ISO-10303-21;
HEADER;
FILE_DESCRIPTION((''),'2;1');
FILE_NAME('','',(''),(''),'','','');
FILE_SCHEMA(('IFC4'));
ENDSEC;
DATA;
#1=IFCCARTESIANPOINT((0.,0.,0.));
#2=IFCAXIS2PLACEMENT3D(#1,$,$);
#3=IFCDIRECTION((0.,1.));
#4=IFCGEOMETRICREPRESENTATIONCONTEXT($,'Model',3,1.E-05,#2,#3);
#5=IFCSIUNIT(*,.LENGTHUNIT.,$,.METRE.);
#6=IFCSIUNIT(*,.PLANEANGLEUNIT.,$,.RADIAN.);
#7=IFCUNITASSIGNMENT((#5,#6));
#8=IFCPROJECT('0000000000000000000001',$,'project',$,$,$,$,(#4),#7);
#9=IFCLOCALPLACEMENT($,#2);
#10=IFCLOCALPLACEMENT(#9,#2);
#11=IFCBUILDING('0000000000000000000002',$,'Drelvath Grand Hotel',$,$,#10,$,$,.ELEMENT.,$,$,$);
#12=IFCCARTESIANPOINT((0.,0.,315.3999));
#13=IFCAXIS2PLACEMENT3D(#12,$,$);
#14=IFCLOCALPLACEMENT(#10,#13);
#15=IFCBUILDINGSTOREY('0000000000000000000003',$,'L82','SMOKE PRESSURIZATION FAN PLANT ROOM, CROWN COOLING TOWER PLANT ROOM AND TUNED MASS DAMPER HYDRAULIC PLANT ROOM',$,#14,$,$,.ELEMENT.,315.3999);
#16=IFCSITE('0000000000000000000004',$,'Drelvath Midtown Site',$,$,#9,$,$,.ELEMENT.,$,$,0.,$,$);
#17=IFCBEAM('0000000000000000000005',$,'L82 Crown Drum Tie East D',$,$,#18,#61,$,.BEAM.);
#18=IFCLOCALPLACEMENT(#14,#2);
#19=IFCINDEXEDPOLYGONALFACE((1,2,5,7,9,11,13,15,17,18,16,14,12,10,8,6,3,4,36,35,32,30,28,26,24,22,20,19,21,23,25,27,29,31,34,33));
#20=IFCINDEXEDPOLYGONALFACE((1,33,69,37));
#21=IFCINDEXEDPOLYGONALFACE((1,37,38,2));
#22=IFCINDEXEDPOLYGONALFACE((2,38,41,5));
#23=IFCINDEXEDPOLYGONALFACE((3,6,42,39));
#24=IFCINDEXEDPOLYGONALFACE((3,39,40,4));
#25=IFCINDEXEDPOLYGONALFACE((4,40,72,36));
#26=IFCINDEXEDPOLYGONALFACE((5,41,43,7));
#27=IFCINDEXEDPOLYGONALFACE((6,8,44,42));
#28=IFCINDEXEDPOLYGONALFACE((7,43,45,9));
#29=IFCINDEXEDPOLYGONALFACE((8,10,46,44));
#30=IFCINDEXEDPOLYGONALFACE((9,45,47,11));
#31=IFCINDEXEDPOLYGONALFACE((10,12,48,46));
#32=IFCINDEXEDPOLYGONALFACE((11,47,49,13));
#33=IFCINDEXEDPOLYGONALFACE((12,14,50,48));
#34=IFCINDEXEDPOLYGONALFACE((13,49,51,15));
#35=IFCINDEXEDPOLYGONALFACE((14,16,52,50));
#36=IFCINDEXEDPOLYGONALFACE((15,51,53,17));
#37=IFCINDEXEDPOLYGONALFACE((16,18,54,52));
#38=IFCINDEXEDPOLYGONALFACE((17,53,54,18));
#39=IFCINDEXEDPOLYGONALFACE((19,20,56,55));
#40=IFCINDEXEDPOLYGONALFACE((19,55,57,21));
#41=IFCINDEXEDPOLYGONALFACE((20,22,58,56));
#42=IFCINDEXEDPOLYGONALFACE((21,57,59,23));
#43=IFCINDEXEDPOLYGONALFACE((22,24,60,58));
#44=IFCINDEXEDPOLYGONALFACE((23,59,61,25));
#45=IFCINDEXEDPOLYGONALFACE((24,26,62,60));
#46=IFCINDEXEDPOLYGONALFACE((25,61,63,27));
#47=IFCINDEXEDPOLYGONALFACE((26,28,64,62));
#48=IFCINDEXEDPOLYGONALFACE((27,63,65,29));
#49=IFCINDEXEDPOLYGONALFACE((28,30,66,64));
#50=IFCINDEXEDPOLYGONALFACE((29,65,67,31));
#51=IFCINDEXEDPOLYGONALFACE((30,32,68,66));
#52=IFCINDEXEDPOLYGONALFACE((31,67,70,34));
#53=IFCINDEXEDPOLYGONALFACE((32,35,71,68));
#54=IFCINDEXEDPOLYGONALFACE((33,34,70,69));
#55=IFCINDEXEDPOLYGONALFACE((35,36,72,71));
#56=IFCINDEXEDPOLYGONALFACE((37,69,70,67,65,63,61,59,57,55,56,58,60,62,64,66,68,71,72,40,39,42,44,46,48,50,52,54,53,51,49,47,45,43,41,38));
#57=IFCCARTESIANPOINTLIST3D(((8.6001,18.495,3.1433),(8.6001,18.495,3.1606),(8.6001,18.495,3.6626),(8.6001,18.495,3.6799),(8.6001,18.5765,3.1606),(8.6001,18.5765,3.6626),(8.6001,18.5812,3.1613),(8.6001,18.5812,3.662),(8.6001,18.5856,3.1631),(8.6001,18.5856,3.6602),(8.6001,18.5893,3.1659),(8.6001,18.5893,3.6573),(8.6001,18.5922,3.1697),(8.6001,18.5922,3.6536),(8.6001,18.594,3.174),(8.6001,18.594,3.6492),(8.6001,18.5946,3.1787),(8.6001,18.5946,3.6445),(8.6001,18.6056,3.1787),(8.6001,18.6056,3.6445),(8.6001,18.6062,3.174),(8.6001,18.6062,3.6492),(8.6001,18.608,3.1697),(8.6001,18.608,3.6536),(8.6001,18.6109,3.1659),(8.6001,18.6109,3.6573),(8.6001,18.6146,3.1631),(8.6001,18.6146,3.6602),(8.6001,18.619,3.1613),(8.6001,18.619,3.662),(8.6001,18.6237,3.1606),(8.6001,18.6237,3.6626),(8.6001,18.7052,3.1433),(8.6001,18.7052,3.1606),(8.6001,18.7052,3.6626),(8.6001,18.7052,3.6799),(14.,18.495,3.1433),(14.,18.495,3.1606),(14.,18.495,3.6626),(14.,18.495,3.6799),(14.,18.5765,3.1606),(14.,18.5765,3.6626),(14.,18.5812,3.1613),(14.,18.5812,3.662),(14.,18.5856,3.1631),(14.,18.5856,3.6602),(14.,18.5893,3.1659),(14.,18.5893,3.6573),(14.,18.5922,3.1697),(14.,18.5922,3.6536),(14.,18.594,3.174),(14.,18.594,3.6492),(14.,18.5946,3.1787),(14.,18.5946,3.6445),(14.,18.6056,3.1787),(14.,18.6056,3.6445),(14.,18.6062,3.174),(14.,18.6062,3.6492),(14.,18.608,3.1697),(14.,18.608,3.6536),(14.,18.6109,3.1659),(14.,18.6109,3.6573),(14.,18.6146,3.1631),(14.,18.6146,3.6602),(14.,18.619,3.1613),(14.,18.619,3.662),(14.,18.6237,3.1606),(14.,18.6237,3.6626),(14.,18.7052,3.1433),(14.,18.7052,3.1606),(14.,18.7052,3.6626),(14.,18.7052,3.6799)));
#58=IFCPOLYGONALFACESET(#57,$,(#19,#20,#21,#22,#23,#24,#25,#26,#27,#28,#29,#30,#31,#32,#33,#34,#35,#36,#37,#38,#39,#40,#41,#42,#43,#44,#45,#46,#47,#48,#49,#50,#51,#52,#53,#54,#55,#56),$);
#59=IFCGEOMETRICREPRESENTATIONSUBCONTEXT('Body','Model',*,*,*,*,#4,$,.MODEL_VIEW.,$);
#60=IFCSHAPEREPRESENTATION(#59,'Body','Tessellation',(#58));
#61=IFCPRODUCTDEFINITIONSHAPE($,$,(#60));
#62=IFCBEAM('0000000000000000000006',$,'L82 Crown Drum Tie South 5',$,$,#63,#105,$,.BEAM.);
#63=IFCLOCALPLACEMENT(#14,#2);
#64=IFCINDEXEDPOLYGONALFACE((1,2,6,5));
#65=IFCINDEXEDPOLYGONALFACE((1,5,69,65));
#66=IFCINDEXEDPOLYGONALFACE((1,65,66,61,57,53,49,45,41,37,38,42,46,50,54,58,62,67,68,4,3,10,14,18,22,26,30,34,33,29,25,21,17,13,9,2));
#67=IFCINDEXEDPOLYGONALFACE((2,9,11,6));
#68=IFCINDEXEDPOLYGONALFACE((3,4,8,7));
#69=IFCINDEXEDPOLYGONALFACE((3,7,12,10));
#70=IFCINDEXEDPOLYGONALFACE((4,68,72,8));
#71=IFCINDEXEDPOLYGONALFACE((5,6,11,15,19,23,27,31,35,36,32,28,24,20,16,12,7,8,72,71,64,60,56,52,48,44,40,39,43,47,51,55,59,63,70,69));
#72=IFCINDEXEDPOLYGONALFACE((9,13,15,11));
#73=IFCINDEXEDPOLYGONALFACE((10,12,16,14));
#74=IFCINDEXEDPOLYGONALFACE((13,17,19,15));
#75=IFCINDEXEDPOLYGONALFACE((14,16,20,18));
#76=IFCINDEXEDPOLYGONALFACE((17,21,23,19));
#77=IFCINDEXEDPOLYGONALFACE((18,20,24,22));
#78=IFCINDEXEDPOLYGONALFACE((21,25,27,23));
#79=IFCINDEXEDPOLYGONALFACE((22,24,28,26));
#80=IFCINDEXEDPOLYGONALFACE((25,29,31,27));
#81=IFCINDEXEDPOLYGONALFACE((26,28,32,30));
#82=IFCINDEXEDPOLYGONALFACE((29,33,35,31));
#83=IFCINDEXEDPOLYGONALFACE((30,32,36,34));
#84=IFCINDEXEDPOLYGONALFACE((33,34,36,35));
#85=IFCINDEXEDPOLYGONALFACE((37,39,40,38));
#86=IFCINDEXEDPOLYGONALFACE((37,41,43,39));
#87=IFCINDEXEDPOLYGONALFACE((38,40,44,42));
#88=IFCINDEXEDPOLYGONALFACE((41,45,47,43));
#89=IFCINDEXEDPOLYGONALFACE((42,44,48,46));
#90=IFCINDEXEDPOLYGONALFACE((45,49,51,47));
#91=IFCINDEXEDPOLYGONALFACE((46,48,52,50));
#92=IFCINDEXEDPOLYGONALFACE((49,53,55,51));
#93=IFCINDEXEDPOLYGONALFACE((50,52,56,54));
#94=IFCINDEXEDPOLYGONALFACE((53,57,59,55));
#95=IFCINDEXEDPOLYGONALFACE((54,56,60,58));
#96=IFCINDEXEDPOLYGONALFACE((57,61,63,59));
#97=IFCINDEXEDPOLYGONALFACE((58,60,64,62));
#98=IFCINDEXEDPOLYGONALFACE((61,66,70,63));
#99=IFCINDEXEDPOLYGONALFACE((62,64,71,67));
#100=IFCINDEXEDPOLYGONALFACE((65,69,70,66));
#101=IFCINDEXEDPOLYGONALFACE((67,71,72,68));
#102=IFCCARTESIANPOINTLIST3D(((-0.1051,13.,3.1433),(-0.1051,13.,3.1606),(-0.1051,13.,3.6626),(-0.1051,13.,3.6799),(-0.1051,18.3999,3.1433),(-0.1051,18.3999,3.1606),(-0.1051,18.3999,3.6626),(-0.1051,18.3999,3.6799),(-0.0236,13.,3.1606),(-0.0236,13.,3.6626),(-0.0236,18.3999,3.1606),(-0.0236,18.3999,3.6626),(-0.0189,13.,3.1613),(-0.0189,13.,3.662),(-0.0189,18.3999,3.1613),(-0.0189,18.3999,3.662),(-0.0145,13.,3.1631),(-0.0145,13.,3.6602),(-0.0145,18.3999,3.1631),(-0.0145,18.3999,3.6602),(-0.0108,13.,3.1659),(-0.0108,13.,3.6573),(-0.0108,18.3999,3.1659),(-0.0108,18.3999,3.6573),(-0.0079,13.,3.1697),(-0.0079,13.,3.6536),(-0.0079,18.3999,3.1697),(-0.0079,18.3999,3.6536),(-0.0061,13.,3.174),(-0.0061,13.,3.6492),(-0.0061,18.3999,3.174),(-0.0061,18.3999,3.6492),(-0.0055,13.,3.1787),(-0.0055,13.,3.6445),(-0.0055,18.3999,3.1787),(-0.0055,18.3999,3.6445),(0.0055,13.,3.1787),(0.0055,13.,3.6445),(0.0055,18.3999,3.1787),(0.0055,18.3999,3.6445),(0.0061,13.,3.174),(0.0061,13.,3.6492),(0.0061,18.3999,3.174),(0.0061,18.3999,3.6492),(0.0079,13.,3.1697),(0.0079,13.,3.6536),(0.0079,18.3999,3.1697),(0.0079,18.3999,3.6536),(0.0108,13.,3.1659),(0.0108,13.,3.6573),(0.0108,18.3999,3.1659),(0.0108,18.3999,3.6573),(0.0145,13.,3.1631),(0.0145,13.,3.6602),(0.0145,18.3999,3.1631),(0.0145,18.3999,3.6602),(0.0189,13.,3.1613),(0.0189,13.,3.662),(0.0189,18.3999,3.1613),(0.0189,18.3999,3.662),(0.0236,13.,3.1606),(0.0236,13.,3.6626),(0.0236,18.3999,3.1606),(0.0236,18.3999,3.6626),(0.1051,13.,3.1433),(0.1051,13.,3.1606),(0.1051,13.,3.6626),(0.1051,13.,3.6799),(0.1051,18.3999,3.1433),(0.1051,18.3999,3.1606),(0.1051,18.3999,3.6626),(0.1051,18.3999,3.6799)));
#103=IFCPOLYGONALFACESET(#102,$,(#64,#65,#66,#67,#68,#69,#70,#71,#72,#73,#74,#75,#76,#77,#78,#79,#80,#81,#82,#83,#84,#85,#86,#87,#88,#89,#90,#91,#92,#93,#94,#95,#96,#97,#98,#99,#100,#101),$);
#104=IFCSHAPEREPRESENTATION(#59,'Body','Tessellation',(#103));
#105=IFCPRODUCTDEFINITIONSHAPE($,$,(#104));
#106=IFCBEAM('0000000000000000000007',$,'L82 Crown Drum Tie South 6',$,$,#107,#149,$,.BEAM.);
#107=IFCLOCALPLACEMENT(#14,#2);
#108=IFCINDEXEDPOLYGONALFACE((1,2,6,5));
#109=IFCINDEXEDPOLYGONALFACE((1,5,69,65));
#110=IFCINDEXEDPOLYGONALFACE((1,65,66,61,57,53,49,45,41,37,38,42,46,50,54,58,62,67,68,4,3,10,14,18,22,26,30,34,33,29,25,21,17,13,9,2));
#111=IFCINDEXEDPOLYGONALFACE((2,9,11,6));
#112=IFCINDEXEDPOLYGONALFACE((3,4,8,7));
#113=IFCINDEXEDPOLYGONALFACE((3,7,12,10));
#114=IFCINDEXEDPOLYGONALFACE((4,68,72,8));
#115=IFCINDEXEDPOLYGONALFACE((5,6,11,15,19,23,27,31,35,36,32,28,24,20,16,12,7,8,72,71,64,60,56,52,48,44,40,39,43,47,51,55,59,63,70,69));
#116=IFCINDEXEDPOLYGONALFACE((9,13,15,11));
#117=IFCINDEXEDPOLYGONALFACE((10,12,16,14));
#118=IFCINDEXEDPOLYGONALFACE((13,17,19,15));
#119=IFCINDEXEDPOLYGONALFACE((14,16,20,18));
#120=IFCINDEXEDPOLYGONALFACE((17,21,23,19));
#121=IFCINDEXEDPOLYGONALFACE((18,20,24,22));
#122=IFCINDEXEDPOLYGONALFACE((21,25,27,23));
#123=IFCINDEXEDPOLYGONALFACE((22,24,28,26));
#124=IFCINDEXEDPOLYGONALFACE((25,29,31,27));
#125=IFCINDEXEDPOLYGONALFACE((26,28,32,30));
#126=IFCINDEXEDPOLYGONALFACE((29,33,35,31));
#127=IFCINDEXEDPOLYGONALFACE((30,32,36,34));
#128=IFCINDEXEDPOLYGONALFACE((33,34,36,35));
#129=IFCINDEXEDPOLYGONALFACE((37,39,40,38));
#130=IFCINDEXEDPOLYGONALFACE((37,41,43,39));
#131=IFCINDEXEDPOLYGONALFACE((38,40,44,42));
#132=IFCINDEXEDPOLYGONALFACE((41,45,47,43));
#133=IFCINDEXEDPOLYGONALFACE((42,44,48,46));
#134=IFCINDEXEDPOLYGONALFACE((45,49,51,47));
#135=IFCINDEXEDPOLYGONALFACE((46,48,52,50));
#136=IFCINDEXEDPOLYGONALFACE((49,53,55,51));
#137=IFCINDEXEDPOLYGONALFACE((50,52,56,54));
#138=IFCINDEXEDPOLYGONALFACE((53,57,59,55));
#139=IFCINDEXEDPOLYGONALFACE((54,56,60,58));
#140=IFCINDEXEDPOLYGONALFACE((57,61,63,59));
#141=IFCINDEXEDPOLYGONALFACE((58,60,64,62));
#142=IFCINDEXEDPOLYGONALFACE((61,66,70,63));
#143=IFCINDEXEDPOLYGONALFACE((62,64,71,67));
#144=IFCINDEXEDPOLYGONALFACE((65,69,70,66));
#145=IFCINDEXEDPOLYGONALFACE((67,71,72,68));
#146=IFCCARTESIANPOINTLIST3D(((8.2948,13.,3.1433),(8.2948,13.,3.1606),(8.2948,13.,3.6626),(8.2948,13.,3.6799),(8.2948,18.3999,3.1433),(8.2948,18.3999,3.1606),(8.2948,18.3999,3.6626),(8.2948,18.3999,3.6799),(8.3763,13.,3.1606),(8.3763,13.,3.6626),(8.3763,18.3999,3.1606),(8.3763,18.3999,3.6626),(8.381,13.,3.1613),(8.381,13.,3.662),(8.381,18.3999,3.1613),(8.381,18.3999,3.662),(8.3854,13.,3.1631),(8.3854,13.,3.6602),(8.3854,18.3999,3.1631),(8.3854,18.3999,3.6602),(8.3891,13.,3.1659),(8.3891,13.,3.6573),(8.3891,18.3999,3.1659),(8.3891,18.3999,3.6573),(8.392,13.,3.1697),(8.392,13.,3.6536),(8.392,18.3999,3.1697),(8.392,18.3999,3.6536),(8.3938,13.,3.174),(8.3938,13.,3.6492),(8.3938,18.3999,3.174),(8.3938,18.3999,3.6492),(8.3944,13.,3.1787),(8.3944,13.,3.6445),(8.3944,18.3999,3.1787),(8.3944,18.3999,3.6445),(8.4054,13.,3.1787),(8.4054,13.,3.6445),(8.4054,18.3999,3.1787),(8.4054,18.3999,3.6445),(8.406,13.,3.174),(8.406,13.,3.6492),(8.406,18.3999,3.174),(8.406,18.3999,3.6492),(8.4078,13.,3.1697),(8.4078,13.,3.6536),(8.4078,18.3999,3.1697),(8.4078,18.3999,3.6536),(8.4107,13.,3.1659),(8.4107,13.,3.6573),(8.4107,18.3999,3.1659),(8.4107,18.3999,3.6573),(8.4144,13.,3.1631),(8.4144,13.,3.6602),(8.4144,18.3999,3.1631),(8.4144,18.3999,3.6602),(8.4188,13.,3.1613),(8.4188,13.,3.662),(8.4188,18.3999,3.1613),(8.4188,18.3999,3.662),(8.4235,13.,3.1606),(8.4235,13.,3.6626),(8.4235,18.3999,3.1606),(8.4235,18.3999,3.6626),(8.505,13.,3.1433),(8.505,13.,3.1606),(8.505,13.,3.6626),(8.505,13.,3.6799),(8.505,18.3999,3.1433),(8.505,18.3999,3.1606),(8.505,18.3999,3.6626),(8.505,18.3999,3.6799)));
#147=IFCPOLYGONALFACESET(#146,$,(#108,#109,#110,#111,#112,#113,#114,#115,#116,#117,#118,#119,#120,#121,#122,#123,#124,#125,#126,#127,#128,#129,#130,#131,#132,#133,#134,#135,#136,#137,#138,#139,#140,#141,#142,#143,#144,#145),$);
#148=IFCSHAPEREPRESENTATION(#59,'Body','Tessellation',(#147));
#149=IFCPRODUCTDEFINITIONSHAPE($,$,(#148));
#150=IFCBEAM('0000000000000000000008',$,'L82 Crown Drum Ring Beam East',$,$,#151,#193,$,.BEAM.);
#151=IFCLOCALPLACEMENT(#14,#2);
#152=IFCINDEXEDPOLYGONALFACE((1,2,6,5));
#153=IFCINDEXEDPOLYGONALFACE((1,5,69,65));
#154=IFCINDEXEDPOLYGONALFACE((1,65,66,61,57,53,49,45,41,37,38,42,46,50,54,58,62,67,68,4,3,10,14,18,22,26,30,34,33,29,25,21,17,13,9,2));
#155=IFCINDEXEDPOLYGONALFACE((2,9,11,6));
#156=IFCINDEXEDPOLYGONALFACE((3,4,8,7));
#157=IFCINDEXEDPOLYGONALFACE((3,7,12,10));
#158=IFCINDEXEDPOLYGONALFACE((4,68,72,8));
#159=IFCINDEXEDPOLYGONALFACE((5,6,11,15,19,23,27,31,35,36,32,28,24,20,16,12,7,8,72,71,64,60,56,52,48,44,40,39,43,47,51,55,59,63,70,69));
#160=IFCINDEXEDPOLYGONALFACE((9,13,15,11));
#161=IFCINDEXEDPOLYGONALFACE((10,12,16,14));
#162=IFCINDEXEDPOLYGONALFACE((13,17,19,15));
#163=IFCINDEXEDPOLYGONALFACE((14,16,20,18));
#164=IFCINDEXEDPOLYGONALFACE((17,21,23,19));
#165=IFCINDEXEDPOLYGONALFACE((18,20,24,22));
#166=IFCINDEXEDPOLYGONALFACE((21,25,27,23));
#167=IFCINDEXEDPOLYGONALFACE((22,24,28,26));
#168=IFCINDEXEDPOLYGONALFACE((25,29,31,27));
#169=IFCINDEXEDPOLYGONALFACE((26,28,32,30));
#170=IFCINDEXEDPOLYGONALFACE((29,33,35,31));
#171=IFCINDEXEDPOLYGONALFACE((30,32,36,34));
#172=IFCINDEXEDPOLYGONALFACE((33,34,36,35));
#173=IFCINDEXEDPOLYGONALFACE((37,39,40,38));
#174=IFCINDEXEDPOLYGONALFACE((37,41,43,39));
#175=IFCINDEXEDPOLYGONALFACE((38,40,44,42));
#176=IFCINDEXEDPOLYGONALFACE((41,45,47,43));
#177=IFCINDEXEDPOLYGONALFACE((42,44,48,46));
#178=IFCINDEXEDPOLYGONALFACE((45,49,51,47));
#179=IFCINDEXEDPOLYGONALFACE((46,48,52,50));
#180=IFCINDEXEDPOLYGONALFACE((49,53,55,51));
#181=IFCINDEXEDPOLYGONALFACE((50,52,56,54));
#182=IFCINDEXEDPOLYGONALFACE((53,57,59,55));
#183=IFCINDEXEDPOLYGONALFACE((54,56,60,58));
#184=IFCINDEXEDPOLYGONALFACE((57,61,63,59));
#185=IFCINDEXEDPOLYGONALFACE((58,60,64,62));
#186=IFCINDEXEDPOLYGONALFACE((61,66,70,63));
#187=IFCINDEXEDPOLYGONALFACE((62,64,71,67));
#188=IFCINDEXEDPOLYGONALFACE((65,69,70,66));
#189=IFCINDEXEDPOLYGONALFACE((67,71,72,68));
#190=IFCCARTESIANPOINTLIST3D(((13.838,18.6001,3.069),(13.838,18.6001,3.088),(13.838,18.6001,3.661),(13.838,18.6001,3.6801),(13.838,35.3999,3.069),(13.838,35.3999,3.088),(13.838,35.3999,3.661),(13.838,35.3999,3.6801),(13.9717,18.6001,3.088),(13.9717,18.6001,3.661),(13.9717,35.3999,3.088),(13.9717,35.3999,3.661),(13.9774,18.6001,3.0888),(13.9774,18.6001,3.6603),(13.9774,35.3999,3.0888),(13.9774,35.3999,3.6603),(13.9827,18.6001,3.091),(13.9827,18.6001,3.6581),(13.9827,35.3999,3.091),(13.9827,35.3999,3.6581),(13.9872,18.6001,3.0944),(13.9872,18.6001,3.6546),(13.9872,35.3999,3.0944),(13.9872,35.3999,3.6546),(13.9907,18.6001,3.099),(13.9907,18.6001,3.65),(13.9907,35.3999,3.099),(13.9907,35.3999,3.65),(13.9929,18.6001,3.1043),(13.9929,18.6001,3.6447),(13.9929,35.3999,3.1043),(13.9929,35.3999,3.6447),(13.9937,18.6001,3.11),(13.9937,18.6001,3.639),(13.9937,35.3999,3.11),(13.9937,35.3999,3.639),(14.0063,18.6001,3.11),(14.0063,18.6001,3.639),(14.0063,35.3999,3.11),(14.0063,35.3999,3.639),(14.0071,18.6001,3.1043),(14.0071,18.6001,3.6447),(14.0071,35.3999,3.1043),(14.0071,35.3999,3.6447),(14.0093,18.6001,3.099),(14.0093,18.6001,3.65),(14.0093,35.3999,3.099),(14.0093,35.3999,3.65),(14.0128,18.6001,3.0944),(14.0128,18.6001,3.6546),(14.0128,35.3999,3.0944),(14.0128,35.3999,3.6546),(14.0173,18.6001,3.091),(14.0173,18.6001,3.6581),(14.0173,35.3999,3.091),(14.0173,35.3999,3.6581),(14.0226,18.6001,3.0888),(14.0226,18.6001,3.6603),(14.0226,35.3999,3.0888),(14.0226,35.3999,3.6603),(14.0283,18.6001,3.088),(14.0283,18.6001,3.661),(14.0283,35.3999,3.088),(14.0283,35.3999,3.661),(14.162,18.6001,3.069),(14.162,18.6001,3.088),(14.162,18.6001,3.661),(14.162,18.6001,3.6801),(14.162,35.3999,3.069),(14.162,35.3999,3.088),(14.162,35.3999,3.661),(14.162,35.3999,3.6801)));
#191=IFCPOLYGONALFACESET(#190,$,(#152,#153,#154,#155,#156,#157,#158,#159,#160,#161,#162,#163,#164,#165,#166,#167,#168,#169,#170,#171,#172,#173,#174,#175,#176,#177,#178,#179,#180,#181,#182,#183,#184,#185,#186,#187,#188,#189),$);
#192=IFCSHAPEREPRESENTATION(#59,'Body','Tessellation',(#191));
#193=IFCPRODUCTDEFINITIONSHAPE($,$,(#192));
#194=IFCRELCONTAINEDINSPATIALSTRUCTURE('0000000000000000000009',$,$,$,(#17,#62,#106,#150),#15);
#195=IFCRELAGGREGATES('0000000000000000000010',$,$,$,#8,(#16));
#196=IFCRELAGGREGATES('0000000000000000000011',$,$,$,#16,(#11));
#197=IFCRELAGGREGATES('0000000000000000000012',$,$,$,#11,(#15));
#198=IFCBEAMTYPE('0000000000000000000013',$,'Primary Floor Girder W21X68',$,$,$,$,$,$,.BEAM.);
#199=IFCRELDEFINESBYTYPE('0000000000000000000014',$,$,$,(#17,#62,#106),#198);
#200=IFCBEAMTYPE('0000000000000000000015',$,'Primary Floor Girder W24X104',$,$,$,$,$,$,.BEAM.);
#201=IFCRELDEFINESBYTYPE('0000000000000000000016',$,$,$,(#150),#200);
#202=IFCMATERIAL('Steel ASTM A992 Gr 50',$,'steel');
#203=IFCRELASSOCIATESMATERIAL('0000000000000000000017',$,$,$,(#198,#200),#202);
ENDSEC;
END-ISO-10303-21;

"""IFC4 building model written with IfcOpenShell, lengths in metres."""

from ifc_helpers import new_model, si_unit, direction, frame, origin, origin_2d, place, context, subcontext, project, spatial, i_section, extrude, material, material_profile, profile_set, type_object, element, save


model = new_model("IFC4")

# Units and contexts
model_context = context("Model", 3, precision=1e-05, world=origin(), true_north=direction((0.0, 1.0)))
body_context = subcontext(model_context, "Body", "Model", "MODEL_VIEW")
ifc_project = project(units=[si_unit("LENGTHUNIT", "METRE"), si_unit("PLANEANGLEUNIT", "RADIAN")], contexts=[model_context])

# Site, building, storey
site_placement = place(None, origin())
site = spatial("IfcSite", under=ifc_project, at=site_placement, Name="Drelvath Midtown Site", CompositionType="ELEMENT", RefElevation=0.0)
building_placement = place(site_placement, origin())
building = spatial("IfcBuilding", under=site, at=building_placement, Name="Drelvath Grand Hotel", CompositionType="ELEMENT")
storey_placement = place(building_placement, frame((0.0, 0.0, 315.3999)))
storey = spatial("IfcBuildingStorey", under=building, at=storey_placement, Name="L82", Description="SMOKE PRESSURIZATION FAN PLANT ROOM, CROWN COOLING TOWER PLANT ROOM AND TUNED MASS DAMPER HYDRAULIC PLANT ROOM", CompositionType="ELEMENT", Elevation=315.3999)

# Beams
ifc_material_1 = material(Name="Steel ASTM A992 Gr 50", Category="steel")
ifc_material_profile_1 = material_profile(ifc_material_1, i_section(OverallWidth=0.2102, OverallDepth=0.5366, WebThickness=0.011, FlangeThickness=0.0173, FilletRadius=0.0181, at=origin_2d()), Name="W21X68")
ifc_profile_set_1 = profile_set([ifc_material_profile_1], Name="Steel ASTM A992 Gr 50")
beam_type_1 = type_object("IfcBeamType", Name="Primary Floor Girder W21X68", PredefinedType="BEAM", material=ifc_profile_set_1)
for number, where, z_axis, x_axis, name in (
    (1, (8.6001, 18.6001, 3.4116), (1.0, 0.0, 0.0), (0.0, 1.0, 0.0), "L82 Crown Drum Tie East D"),
    (2, (0.0, 13.0, 3.4116), (0.0, 1.0, 0.0), (-1.0, 0.0, 0.0), "L82 Crown Drum Tie South 5"),
    (3, (8.3999, 13.0, 3.4116), (0.0, 1.0, 0.0), (-1.0, 0.0, 0.0), "L82 Crown Drum Tie South 6"),
):
    element("IfcBeam", number, at=place(storey_placement, frame(where, z_axis=z_axis, x_axis=x_axis)), inside=storey, type_object=beam_type_1, Name=name, PredefinedType="BEAM", context=body_context, shape_type="SweptSolid", body=[
        extrude(i_section(OverallWidth=0.2102, OverallDepth=0.5366, WebThickness=0.011, FlangeThickness=0.0173, FilletRadius=0.0181, at=origin_2d()), origin(), (0.0, 0.0, 1.0), 5.3999),
    ])
ifc_material_profile_2 = material_profile(ifc_material_1, i_section(OverallWidth=0.324, OverallDepth=0.6111, WebThickness=0.0127, FlangeThickness=0.019, FilletRadius=0.022, at=origin_2d()), Name="W24X104")
ifc_profile_set_2 = profile_set([ifc_material_profile_2], Name="Steel ASTM A992 Gr 50")
beam_type_2 = type_object("IfcBeamType", Name="Primary Floor Girder W24X104", PredefinedType="BEAM", material=ifc_profile_set_2)
beam_1_placement = place(storey_placement, frame((14.0, 18.6001, 3.3745), z_axis=(0.0, 1.0, 0.0), x_axis=(-1.0, 0.0, 0.0)))
element("IfcBeam", 4, at=beam_1_placement, inside=storey, type_object=beam_type_2, Name="L82 Crown Drum Ring Beam East", PredefinedType="BEAM", context=body_context, shape_type="SweptSolid", body=[
    extrude(i_section(OverallWidth=0.324, OverallDepth=0.6111, WebThickness=0.0127, FlangeThickness=0.019, FilletRadius=0.022, at=origin_2d()), origin(), (0.0, 0.0, 1.0), 16.7998),
])

save(model, "model.ifc")
